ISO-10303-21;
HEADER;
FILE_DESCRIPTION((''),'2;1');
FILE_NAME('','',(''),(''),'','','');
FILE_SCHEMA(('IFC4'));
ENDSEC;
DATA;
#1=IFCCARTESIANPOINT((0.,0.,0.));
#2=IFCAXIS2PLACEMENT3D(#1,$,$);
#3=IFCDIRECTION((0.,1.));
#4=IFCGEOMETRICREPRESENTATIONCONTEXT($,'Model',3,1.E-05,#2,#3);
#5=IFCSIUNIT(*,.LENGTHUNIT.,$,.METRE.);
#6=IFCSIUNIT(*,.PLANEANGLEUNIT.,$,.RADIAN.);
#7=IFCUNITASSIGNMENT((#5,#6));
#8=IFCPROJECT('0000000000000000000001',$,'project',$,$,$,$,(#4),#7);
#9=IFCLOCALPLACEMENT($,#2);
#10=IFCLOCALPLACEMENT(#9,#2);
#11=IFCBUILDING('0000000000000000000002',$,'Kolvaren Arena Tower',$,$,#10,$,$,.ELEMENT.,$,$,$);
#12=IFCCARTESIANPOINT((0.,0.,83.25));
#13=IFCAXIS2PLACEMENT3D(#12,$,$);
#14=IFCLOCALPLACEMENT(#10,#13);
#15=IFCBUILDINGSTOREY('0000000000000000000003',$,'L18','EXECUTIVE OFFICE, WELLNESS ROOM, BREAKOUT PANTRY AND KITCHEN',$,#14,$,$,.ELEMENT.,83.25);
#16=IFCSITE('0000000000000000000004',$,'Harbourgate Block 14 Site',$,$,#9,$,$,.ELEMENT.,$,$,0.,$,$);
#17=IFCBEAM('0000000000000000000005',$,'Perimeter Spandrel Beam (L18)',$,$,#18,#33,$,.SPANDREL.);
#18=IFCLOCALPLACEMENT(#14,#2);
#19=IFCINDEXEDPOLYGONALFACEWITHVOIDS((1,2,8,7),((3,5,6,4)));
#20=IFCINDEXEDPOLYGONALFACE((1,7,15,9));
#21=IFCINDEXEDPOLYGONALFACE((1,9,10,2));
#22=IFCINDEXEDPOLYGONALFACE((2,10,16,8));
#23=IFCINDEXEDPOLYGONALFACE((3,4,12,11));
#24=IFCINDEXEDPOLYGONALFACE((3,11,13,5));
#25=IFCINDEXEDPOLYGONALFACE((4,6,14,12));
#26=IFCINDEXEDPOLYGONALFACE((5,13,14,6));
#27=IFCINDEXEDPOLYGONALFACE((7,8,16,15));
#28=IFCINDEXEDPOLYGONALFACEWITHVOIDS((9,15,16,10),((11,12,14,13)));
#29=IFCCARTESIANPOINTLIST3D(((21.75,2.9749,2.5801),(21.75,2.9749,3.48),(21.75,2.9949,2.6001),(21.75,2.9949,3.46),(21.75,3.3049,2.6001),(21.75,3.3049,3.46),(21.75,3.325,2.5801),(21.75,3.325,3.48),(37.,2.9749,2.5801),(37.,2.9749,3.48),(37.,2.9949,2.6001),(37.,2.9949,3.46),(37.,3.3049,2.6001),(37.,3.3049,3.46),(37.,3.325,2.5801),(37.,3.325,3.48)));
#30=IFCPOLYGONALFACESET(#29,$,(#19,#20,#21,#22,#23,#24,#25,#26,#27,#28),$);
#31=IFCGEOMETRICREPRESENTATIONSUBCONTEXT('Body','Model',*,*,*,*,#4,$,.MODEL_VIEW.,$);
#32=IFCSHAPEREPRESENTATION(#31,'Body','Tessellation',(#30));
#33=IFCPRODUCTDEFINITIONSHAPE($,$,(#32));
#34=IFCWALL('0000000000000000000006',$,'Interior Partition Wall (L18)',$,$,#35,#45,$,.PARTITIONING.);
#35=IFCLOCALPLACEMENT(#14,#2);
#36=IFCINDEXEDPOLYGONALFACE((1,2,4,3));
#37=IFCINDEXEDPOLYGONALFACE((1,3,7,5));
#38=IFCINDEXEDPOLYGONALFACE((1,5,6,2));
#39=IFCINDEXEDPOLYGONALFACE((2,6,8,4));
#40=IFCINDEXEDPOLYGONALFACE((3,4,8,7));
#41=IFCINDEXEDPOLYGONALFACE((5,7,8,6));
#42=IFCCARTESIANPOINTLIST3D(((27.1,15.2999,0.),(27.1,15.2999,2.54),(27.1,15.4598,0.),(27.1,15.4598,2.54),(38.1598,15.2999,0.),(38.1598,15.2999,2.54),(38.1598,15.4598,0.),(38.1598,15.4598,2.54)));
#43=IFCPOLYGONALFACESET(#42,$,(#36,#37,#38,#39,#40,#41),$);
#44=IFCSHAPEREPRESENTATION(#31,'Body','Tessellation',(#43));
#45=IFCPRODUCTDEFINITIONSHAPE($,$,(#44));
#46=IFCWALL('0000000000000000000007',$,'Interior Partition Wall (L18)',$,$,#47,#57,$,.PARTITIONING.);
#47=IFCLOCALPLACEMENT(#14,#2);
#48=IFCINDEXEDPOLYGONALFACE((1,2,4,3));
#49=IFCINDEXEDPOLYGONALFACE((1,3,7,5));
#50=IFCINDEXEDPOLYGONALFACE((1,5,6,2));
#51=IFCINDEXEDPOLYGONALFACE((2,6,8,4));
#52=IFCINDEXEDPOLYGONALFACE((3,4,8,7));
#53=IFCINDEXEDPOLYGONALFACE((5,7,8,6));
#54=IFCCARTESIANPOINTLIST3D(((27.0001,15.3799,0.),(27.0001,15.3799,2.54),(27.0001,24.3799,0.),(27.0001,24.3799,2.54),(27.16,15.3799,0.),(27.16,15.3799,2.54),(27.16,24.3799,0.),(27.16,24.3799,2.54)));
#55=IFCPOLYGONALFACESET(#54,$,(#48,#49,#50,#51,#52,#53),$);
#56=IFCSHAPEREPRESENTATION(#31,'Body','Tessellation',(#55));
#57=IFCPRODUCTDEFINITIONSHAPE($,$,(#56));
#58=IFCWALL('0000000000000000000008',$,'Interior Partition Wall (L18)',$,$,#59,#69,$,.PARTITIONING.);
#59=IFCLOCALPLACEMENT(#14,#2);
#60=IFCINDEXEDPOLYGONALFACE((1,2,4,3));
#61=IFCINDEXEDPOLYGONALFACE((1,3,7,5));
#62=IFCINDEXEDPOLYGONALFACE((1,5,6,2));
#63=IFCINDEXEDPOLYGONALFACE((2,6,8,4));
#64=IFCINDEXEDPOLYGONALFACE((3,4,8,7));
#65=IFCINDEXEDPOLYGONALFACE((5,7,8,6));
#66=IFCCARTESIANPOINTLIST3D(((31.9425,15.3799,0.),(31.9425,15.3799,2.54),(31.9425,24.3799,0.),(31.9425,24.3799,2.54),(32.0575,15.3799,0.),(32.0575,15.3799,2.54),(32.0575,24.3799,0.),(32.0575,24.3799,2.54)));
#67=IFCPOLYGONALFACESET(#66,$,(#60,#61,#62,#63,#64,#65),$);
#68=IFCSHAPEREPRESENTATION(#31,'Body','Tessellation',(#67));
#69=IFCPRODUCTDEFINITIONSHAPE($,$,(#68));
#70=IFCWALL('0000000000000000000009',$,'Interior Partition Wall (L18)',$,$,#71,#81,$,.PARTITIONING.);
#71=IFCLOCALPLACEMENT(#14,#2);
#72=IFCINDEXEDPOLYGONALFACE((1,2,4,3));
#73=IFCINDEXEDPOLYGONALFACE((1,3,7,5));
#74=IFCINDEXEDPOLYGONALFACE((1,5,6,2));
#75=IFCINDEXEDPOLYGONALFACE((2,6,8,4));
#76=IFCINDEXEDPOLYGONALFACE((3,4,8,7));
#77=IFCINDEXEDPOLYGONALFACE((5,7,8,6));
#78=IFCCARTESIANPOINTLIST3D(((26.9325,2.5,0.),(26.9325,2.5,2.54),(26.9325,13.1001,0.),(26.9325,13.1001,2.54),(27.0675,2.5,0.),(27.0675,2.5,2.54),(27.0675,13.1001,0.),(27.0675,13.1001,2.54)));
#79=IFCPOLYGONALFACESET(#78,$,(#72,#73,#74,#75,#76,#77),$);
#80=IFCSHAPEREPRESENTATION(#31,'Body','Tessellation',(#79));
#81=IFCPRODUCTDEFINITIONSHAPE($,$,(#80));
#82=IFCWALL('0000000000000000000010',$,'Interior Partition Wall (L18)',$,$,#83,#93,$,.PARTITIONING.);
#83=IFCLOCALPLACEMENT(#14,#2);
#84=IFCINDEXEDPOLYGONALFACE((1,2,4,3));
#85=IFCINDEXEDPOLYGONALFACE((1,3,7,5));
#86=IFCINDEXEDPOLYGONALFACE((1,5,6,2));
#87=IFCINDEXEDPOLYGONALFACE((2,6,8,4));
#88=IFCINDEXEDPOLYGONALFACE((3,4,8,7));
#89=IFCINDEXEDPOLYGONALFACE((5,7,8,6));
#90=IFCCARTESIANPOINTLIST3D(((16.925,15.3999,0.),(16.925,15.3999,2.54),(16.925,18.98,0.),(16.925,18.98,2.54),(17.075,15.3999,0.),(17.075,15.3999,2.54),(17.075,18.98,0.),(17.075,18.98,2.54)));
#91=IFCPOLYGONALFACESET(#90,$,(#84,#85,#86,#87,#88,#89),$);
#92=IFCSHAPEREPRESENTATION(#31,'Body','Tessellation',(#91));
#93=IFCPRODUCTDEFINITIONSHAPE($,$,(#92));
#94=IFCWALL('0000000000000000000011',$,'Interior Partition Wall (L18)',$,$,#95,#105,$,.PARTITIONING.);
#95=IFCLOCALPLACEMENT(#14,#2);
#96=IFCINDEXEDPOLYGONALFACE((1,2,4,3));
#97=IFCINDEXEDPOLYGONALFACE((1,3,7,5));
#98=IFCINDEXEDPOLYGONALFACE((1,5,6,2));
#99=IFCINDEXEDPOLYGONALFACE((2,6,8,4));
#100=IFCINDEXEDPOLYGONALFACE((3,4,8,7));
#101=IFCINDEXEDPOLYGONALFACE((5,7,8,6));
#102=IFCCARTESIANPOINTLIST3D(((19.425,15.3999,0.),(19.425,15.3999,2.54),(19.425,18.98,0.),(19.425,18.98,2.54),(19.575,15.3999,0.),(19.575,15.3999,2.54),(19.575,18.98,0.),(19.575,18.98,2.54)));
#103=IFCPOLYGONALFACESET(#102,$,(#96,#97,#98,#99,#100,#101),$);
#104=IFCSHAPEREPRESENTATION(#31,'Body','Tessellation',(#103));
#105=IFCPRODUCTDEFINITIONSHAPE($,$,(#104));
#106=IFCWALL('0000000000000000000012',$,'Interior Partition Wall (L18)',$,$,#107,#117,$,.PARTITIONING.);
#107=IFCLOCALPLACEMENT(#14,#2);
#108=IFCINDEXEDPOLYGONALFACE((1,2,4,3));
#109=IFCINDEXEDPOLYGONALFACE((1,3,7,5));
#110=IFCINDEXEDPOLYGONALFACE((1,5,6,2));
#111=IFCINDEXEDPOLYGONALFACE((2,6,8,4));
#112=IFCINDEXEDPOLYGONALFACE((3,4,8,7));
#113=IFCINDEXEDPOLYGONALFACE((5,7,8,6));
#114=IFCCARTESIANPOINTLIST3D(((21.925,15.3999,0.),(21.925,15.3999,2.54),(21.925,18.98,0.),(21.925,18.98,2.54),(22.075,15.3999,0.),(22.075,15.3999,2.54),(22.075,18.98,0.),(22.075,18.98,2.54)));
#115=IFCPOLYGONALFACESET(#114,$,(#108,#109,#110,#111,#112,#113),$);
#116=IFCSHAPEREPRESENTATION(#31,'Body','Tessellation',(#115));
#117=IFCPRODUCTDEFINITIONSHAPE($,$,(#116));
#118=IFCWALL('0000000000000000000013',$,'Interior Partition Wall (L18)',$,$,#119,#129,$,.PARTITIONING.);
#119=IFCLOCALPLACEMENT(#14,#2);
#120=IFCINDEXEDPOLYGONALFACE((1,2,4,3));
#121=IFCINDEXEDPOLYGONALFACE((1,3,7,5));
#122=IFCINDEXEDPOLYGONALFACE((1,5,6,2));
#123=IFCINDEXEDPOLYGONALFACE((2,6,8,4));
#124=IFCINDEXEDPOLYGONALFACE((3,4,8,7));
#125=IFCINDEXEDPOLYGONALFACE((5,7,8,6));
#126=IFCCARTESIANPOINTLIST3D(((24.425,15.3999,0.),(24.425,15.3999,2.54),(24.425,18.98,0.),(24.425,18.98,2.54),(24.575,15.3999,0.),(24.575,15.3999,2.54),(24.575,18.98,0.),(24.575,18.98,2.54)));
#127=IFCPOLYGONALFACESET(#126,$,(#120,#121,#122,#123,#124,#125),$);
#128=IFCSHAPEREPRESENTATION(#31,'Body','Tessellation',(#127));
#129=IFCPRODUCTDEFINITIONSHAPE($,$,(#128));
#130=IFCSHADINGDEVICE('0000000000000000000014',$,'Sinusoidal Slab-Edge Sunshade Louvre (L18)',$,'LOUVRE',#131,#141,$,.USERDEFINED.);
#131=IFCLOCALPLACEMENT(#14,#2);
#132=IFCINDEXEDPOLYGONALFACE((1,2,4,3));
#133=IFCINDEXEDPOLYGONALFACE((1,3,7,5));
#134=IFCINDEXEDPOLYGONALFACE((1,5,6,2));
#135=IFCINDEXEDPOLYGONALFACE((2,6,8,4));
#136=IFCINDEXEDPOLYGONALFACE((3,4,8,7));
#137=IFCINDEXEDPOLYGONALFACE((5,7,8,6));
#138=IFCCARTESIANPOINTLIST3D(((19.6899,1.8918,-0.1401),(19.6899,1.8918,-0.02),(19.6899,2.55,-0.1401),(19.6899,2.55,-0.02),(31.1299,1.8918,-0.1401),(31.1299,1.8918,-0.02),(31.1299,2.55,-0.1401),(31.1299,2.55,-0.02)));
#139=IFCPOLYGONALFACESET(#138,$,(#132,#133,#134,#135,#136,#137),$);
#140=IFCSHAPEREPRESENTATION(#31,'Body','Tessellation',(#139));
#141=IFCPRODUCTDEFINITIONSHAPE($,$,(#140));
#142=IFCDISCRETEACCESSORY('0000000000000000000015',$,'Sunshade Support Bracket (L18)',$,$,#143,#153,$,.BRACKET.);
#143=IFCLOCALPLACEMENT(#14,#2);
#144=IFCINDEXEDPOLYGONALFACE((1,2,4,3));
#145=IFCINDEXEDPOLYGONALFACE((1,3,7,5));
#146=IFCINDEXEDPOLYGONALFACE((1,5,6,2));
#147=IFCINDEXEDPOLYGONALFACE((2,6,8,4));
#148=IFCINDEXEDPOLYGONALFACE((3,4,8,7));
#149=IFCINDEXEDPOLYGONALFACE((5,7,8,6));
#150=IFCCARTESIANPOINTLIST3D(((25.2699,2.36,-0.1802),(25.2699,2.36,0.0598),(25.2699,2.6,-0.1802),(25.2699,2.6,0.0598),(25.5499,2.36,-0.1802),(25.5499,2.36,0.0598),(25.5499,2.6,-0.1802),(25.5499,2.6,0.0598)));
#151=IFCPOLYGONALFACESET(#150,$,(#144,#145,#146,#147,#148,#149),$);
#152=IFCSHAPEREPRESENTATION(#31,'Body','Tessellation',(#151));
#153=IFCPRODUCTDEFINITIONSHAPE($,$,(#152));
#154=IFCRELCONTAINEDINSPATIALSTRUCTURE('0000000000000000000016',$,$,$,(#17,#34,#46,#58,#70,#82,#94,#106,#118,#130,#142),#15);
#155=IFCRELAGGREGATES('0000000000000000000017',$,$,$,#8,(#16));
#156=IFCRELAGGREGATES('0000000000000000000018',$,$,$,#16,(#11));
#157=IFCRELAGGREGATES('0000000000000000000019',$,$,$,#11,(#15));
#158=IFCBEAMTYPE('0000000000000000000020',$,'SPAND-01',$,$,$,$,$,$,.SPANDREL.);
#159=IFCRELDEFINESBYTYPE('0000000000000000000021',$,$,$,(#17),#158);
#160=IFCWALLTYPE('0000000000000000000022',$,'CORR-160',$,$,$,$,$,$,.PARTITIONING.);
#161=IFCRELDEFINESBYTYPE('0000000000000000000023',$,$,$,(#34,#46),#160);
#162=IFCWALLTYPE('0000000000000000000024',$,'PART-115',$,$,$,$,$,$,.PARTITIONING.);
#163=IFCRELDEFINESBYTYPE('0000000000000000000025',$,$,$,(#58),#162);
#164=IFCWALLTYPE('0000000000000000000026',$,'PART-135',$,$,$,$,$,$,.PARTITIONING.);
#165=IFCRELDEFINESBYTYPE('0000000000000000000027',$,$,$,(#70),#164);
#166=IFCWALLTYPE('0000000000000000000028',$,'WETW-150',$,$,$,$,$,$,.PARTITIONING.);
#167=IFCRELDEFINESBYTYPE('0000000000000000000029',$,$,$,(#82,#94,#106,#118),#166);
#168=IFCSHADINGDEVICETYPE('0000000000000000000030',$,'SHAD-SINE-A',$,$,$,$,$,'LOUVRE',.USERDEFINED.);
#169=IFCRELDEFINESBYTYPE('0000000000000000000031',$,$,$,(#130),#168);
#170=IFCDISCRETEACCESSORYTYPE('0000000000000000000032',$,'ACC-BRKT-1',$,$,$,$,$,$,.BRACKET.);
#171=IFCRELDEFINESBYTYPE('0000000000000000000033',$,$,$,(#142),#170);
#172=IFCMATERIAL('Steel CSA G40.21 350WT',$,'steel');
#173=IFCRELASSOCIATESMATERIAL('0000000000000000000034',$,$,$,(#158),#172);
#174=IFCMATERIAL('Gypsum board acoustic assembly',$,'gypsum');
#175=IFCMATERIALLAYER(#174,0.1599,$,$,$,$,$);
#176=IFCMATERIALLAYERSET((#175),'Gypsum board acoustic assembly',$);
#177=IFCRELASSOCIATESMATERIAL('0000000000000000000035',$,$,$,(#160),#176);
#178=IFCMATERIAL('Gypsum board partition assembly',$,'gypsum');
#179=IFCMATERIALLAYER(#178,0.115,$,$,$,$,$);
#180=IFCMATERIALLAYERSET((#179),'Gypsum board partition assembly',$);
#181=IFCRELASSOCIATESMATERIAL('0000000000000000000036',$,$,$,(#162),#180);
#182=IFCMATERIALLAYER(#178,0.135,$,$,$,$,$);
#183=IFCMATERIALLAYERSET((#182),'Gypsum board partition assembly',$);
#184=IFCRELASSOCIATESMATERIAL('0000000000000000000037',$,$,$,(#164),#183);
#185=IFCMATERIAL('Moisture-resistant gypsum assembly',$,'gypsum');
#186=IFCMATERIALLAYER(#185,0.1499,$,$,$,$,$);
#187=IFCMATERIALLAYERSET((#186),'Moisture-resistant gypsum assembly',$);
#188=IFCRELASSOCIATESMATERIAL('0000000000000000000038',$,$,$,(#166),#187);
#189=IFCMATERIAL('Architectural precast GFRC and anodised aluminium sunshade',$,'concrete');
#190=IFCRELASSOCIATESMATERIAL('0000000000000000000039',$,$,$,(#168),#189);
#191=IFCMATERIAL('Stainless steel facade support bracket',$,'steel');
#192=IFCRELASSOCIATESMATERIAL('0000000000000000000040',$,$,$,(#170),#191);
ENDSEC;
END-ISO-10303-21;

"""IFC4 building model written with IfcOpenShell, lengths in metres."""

from ifc_helpers import new_model, si_unit, direction, frame, frame_2d, origin, origin_2d, place, context, subcontext, project, spatial, rectangle, hollow_rectangle, extrude, material, layer, layer_set, material_profile, profile_set, type_object, element, save


model = new_model("IFC4")

# Units and contexts
model_context = context("Model", 3, precision=1e-05, world=origin(), true_north=direction((0.0, 1.0)))
body_context = subcontext(model_context, "Body", "Model", "MODEL_VIEW")
ifc_project = project(units=[si_unit("LENGTHUNIT", "METRE"), si_unit("PLANEANGLEUNIT", "RADIAN")], contexts=[model_context])

# Site, building, storey
site_placement = place(None, origin())
site = spatial("IfcSite", under=ifc_project, at=site_placement, Name="Harbourgate Block 14 Site", CompositionType="ELEMENT", RefElevation=0.0)
building_placement = place(site_placement, origin())
building = spatial("IfcBuilding", under=site, at=building_placement, Name="Kolvaren Arena Tower", CompositionType="ELEMENT")
storey_placement = place(building_placement, frame((0.0, 0.0, 83.25)))
storey = spatial("IfcBuildingStorey", under=building, at=storey_placement, Name="L18", Description="EXECUTIVE OFFICE, WELLNESS ROOM, BREAKOUT PANTRY AND KITCHEN", CompositionType="ELEMENT", Elevation=83.25)

# Beam
ifc_material_1 = material(Name="Steel CSA G40.21 350WT", Category="steel")
ifc_material_profile_1 = material_profile(ifc_material_1, hollow_rectangle(XDim=0.3501, YDim=0.8999, WallThickness=0.02, at=origin_2d()), Name="HSS 900x350x20")
ifc_profile_set_1 = profile_set([ifc_material_profile_1], Name="Steel CSA G40.21 350WT")
beam_type_1 = type_object("IfcBeamType", Name="SPAND-01", PredefinedType="SPANDREL", material=ifc_profile_set_1)
beam_1_placement = place(storey_placement, frame((21.75, 3.1499, 3.03), z_axis=(1.0, 0.0, 0.0), x_axis=(0.0, 1.0, 0.0)))
element("IfcBeam", 1, at=beam_1_placement, inside=storey, type_object=beam_type_1, Name="Perimeter Spandrel Beam (L18)", PredefinedType="SPANDREL", context=body_context, shape_type="SweptSolid", body=[
    extrude(hollow_rectangle(XDim=0.3501, YDim=0.8999, WallThickness=0.02, at=origin_2d()), origin(), (0.0, 0.0, 1.0), 15.25),
])

# Walls
ifc_material_2 = material(Name="Gypsum board acoustic assembly", Category="gypsum")
ifc_layer_1 = layer(ifc_material_2, 0.1599)
ifc_layer_set_1 = layer_set([ifc_layer_1], Name="Gypsum board acoustic assembly")
wall_type_1 = type_object("IfcWallType", Name="CORR-160", PredefinedType="PARTITIONING", material=ifc_layer_set_1)
wall_1_placement = place(storey_placement, frame((27.1001, 15.3799, 0.0), z_axis=(0.0, 0.0, 1.0), x_axis=(1.0, 0.0, 0.0)))
element("IfcWall", 2, at=wall_1_placement, inside=storey, type_object=wall_type_1, Name="Interior Partition Wall (L18)", PredefinedType="PARTITIONING", context=body_context, shape_type="SweptSolid", body=[
    extrude(rectangle(XDim=11.0598, YDim=0.1599, at=frame_2d((5.5298, 0.0))), origin(), (0.0, 0.0, 1.0), 2.54),
])
wall_2_placement = place(storey_placement, frame((27.0801, 15.3799, 0.0), z_axis=(0.0, 0.0, 1.0), x_axis=(0.0, 1.0, 0.0)))
element("IfcWall", 3, at=wall_2_placement, inside=storey, type_object=wall_type_1, Name="Interior Partition Wall (L18)", PredefinedType="PARTITIONING", context=body_context, shape_type="SweptSolid", body=[
    extrude(rectangle(XDim=9.0, YDim=0.1599, at=frame_2d((4.5, 0.0))), origin(), (0.0, 0.0, 1.0), 2.54),
])
ifc_material_3 = material(Name="Gypsum board partition assembly", Category="gypsum")
ifc_layer_2 = layer(ifc_material_3, 0.115)
ifc_layer_set_2 = layer_set([ifc_layer_2], Name="Gypsum board partition assembly")
wall_type_2 = type_object("IfcWallType", Name="PART-115", PredefinedType="PARTITIONING", material=ifc_layer_set_2)
wall_3_placement = place(storey_placement, frame((32.0, 15.3799, 0.0), z_axis=(0.0, 0.0, 1.0), x_axis=(0.0, 1.0, 0.0)))
element("IfcWall", 4, at=wall_3_placement, inside=storey, type_object=wall_type_2, Name="Interior Partition Wall (L18)", PredefinedType="PARTITIONING", context=body_context, shape_type="SweptSolid", body=[
    extrude(rectangle(XDim=9.0, YDim=0.115, at=frame_2d((4.5, 0.0))), origin(), (0.0, 0.0, 1.0), 2.54),
])
ifc_layer_3 = layer(ifc_material_3, 0.135)
ifc_layer_set_3 = layer_set([ifc_layer_3], Name="Gypsum board partition assembly")
wall_type_3 = type_object("IfcWallType", Name="PART-135", PredefinedType="PARTITIONING", material=ifc_layer_set_3)
wall_4_placement = place(storey_placement, frame((27.0, 2.5, 0.0), z_axis=(0.0, 0.0, 1.0), x_axis=(0.0, 1.0, 0.0)))
element("IfcWall", 5, at=wall_4_placement, inside=storey, type_object=wall_type_3, Name="Interior Partition Wall (L18)", PredefinedType="PARTITIONING", context=body_context, shape_type="SweptSolid", body=[
    extrude(rectangle(XDim=10.6001, YDim=0.135, at=frame_2d((5.3, 0.0))), origin(), (0.0, 0.0, 1.0), 2.54),
])
ifc_material_4 = material(Name="Moisture-resistant gypsum assembly", Category="gypsum")
ifc_layer_4 = layer(ifc_material_4, 0.1499)
ifc_layer_set_4 = layer_set([ifc_layer_4], Name="Moisture-resistant gypsum assembly")
wall_type_4 = type_object("IfcWallType", Name="WETW-150", PredefinedType="PARTITIONING", material=ifc_layer_set_4)
for number, where, z_axis, x_axis, name in (
    (6, (17.0, 15.3999, 0.0), (0.0, 0.0, 1.0), (0.0, 1.0, 0.0), "Interior Partition Wall (L18)"),
    (7, (19.5, 15.3999, 0.0), (0.0, 0.0, 1.0), (0.0, 1.0, 0.0), "Interior Partition Wall (L18)"),
    (8, (22.0, 15.3999, 0.0), (0.0, 0.0, 1.0), (0.0, 1.0, 0.0), "Interior Partition Wall (L18)"),
    (9, (24.5, 15.3999, 0.0), (0.0, 0.0, 1.0), (0.0, 1.0, 0.0), "Interior Partition Wall (L18)"),
):
    element("IfcWall", number, at=place(storey_placement, frame(where, z_axis=z_axis, x_axis=x_axis)), inside=storey, type_object=wall_type_4, Name=name, PredefinedType="PARTITIONING", context=body_context, shape_type="SweptSolid", body=[
        extrude(rectangle(XDim=3.5801, YDim=0.1499, at=frame_2d((1.79, 0.0))), origin(), (0.0, 0.0, 1.0), 2.54),
    ])

# Shading device
ifc_material_5 = material(Name="Architectural precast GFRC and anodised aluminium sunshade", Category="concrete")
shading_device_type = type_object("IfcShadingDeviceType", Name="SHAD-SINE-A", ElementType="LOUVRE", PredefinedType="USERDEFINED", material=ifc_material_5)
shading_device_placement = place(storey_placement, frame((25.4099, 2.2209, -0.1401), z_axis=(0.0, 0.0, 1.0), x_axis=(-1.0, 0.0, 0.0)))
element("IfcShadingDevice", 10, at=shading_device_placement, inside=storey, type_object=shading_device_type, Name="Sinusoidal Slab-Edge Sunshade Louvre (L18)", ObjectType="LOUVRE", PredefinedType="USERDEFINED", context=body_context, shape_type="SweptSolid", body=[
    extrude(rectangle(XDim=11.4399, YDim=0.6582, at=origin_2d()), origin(), (0.0, 0.0, 1.0), 0.1201),
])

# Discrete accessory
ifc_material_6 = material(Name="Stainless steel facade support bracket", Category="steel")
discrete_accessory_type = type_object("IfcDiscreteAccessoryType", Name="ACC-BRKT-1", PredefinedType="BRACKET", material=ifc_material_6)
discrete_accessory_placement = place(storey_placement, frame((25.4099, 2.48, -0.1802), z_axis=(0.0, 0.0, 1.0), x_axis=(-1.0, 0.0, 0.0)))
element("IfcDiscreteAccessory", 11, at=discrete_accessory_placement, inside=storey, type_object=discrete_accessory_type, Name="Sunshade Support Bracket (L18)", PredefinedType="BRACKET", context=body_context, shape_type="SweptSolid", body=[
    extrude(rectangle(XDim=0.28, YDim=0.24, at=origin_2d()), origin(), (0.0, 0.0, 1.0), 0.24),
])

save(model, "model.ifc")
